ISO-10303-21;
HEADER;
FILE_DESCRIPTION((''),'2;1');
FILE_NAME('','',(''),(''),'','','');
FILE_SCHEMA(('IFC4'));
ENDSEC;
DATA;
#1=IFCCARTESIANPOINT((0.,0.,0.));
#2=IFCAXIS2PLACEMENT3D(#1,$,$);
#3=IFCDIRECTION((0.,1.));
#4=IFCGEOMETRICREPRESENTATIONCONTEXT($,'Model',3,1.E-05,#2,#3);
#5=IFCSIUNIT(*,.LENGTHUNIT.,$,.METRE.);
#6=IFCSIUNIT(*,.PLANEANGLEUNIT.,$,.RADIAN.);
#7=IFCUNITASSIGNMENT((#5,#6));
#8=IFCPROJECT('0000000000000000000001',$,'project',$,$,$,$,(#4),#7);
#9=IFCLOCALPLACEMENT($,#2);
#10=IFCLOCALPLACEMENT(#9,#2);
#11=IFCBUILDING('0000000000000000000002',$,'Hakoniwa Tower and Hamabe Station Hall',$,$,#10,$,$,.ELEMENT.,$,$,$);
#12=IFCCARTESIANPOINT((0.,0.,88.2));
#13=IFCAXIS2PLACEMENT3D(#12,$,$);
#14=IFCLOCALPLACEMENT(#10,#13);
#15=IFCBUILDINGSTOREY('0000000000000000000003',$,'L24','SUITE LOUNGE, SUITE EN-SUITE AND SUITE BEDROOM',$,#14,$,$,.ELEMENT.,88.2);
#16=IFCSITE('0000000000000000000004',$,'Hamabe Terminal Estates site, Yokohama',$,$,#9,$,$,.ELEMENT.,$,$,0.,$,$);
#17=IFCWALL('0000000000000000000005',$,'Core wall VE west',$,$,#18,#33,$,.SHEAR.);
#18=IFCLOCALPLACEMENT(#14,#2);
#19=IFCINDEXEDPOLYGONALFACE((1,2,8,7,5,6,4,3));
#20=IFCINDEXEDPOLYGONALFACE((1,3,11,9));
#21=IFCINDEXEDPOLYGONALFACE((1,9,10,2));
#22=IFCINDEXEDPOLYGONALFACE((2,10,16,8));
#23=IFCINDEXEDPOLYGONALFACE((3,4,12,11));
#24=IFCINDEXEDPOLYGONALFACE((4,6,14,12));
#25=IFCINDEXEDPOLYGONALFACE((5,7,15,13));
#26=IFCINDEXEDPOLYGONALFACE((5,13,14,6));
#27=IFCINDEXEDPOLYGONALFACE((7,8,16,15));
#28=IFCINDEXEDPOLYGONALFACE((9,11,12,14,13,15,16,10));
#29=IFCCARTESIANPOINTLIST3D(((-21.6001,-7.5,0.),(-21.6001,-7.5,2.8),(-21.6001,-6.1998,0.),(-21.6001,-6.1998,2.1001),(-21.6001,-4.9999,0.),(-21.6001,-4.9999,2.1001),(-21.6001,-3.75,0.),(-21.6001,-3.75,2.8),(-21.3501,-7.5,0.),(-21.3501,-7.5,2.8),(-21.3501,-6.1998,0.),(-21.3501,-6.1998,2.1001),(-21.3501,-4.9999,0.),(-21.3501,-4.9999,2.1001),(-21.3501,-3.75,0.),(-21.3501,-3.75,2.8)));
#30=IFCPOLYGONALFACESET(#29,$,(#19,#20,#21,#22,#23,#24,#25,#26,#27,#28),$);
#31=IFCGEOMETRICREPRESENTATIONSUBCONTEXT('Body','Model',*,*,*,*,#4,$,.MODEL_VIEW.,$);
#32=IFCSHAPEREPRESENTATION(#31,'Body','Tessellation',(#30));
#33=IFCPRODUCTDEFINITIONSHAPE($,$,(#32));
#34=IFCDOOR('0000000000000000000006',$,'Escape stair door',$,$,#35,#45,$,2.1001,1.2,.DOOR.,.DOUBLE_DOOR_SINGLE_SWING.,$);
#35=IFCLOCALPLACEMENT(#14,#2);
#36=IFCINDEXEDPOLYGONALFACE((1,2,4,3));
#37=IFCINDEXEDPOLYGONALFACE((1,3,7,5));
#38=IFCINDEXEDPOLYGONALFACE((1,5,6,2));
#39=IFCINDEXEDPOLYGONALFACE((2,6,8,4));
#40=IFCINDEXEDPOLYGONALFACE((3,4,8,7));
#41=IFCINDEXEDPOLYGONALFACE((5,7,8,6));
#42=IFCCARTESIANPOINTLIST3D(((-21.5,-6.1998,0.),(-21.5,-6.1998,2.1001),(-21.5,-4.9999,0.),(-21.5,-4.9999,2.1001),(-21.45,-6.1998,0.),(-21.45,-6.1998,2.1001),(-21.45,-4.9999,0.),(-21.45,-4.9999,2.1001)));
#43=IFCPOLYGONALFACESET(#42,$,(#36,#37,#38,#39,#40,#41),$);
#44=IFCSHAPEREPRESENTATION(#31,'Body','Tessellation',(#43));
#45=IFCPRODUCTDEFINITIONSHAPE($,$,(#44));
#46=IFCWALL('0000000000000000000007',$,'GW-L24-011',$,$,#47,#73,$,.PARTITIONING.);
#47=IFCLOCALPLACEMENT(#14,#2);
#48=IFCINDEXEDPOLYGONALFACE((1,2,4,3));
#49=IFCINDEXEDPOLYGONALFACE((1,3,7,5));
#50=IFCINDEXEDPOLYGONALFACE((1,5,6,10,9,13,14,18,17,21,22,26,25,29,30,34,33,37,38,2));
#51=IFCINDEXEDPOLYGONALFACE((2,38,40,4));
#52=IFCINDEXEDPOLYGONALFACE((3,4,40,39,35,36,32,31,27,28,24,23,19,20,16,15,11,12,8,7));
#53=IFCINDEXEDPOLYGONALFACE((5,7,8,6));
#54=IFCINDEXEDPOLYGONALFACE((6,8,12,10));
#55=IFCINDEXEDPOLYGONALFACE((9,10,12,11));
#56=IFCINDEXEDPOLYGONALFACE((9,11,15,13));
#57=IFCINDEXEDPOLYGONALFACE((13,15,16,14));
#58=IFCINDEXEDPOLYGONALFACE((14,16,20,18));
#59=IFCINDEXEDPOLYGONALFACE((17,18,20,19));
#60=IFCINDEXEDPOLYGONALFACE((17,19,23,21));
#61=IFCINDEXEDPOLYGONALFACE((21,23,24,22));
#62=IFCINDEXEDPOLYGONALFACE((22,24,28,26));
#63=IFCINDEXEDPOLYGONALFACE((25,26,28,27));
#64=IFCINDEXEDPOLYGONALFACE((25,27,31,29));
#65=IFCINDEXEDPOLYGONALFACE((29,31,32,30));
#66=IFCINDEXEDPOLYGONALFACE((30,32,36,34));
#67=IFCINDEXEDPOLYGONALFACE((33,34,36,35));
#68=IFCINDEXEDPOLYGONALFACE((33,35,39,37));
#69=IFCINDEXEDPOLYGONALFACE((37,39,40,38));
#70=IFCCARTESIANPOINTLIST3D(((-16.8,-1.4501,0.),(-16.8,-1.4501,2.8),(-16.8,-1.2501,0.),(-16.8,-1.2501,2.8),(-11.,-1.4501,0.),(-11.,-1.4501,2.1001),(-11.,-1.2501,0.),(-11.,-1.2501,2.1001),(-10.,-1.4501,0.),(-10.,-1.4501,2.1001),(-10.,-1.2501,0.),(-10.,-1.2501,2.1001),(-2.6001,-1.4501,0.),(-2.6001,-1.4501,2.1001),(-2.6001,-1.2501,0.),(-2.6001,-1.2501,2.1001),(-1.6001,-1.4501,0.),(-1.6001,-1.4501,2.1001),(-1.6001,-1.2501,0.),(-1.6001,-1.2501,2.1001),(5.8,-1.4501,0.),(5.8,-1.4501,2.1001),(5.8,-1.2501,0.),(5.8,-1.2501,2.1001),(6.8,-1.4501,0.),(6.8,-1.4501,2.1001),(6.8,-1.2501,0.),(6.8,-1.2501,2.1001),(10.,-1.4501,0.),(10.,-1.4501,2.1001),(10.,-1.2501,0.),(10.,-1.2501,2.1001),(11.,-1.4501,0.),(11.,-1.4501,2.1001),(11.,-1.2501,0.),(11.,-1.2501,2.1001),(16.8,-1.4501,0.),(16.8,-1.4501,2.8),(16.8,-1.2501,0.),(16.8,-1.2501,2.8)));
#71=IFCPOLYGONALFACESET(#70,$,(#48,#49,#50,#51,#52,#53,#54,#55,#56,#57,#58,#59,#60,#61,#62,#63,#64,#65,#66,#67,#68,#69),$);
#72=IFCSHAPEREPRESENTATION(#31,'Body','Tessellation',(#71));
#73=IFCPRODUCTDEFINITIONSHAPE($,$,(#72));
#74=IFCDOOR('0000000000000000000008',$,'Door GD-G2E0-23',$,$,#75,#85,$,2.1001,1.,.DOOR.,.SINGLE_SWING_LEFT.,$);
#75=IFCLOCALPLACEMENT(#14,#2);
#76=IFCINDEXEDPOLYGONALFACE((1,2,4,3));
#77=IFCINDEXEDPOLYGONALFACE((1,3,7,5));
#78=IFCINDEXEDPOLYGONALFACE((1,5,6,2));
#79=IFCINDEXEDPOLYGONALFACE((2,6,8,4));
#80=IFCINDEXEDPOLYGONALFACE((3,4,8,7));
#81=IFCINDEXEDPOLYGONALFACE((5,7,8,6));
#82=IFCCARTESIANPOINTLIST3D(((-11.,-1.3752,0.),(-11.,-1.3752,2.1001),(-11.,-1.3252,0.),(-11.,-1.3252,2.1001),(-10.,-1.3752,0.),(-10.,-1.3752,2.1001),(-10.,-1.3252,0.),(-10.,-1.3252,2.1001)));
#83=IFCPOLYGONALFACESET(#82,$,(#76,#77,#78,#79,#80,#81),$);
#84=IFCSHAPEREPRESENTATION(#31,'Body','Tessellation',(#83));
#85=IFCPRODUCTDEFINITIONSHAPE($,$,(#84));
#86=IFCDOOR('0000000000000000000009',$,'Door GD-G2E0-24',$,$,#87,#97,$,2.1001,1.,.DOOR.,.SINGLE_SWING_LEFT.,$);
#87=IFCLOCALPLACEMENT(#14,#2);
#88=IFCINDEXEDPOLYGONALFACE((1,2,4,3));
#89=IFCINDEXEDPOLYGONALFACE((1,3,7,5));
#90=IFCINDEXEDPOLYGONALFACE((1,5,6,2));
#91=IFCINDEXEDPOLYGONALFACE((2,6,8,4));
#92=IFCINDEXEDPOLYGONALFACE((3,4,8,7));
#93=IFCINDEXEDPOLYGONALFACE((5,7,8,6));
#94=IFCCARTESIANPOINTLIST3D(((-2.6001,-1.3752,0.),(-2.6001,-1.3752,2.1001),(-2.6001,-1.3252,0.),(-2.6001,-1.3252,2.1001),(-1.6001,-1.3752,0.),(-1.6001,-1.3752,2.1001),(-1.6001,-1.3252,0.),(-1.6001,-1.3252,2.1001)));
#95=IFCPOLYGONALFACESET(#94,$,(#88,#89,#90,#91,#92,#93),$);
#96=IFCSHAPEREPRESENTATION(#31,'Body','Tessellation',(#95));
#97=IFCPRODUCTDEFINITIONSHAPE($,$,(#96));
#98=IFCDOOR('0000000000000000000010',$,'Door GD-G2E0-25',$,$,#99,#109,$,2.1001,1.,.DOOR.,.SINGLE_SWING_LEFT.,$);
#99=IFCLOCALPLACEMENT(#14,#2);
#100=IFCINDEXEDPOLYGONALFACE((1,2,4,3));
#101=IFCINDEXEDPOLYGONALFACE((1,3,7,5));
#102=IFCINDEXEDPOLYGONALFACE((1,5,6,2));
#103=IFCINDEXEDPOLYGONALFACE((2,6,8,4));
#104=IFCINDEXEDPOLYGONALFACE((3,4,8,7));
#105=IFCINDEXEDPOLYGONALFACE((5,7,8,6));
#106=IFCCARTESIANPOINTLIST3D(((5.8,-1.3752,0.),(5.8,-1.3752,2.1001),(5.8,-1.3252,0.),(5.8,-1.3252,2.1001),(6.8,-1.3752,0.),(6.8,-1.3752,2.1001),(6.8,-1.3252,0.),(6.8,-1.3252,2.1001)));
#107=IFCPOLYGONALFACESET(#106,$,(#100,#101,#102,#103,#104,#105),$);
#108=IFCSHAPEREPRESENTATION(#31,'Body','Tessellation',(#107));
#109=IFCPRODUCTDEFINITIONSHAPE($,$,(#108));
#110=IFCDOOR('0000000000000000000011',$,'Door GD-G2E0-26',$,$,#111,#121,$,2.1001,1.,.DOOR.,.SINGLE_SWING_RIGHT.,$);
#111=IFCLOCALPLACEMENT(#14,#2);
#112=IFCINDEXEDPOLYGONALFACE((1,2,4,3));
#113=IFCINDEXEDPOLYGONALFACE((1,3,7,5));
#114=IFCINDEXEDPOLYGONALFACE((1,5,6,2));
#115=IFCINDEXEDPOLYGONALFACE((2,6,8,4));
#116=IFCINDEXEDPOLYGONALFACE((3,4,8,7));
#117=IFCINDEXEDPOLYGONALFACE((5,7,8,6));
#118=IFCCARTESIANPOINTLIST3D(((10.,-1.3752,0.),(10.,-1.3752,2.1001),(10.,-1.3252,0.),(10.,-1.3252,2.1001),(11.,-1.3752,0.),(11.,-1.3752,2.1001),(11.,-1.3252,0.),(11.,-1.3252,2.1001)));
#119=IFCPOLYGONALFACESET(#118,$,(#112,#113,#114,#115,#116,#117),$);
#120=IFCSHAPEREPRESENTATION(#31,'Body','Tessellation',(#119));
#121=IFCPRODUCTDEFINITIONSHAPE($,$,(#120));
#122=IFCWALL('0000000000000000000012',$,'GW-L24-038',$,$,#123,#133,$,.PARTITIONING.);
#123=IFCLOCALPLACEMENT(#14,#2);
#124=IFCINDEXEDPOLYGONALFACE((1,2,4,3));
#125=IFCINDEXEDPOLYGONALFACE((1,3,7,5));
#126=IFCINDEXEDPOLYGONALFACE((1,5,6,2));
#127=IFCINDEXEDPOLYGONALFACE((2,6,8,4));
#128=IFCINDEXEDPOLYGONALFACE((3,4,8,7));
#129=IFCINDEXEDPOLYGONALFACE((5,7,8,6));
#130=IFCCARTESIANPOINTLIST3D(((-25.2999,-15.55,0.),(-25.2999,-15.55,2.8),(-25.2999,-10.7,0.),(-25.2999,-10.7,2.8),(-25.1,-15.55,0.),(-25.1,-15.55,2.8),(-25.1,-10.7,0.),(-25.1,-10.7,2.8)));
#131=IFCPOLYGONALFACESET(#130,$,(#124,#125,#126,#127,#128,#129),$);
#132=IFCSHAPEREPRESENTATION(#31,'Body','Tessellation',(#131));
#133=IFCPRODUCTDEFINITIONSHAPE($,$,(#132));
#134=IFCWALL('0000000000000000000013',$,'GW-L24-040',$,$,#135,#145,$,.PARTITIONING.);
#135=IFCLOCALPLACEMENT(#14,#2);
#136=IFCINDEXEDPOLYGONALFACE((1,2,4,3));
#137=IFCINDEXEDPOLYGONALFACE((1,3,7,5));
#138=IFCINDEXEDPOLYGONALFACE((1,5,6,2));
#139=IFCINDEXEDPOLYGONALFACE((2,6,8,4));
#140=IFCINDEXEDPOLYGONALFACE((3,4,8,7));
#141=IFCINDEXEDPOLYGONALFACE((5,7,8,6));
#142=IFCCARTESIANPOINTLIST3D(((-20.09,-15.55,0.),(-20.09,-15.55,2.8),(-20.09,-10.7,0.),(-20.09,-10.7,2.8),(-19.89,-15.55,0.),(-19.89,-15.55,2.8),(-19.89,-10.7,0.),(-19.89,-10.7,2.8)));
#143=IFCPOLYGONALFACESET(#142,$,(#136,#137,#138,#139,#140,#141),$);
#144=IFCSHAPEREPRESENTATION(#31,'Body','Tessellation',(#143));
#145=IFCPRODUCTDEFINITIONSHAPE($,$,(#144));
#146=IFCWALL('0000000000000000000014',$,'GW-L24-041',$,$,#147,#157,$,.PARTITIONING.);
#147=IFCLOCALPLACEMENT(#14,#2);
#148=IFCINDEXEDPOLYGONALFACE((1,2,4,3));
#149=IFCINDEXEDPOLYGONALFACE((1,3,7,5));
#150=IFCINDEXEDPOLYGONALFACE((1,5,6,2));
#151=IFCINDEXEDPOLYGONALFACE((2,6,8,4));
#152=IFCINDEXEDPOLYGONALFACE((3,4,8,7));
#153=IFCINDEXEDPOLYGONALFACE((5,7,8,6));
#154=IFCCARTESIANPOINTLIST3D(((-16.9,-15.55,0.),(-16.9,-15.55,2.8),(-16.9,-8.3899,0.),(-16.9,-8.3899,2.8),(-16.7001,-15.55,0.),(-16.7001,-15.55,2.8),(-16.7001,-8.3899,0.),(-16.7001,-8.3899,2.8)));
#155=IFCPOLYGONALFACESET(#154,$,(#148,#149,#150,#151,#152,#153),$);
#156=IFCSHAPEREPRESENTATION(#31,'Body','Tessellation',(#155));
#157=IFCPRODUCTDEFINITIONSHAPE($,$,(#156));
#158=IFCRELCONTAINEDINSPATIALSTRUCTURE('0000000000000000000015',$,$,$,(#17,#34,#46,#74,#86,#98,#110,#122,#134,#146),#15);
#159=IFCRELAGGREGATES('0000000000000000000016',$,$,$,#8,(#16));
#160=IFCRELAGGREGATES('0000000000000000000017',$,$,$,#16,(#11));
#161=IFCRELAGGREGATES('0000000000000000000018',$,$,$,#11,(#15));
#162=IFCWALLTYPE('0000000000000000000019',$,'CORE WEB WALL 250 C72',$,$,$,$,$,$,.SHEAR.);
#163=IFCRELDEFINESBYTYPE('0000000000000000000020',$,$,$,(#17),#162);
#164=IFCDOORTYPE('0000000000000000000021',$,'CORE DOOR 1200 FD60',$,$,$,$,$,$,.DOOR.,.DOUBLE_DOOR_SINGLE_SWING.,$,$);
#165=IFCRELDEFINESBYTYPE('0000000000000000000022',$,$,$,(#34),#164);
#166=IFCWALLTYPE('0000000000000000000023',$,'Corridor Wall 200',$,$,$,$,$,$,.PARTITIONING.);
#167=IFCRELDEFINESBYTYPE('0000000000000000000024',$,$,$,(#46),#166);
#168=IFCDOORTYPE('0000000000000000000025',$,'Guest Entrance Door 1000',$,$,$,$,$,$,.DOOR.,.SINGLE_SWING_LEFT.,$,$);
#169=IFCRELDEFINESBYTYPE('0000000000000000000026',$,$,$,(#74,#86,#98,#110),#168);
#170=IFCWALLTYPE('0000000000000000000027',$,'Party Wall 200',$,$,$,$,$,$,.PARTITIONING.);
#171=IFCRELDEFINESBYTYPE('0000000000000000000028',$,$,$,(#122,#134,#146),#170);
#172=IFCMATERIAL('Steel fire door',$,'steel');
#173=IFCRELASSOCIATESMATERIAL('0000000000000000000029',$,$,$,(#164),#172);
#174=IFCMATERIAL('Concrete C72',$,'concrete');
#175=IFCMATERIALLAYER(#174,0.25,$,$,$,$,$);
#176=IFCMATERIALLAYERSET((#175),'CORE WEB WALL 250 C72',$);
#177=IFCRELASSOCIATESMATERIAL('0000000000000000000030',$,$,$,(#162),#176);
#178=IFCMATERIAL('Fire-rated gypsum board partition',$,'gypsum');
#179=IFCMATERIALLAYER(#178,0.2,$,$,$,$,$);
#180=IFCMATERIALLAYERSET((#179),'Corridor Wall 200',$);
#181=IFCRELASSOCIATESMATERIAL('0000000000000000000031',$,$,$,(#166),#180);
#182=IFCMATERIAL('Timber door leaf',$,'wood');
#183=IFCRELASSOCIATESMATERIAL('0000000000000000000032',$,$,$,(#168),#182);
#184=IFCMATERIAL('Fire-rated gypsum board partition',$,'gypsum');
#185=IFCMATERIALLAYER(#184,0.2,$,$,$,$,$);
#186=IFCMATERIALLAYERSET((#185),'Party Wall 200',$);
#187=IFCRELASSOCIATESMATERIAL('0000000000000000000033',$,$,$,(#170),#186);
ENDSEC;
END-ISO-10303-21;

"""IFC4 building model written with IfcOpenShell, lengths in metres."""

from ifc_helpers import new_model, si_unit, direction, frame, frame_2d, origin, place, context, subcontext, project, spatial, rectangle, extrude, material, layer, layer_set, type_object, element, fill, save


model = new_model("IFC4")

# Units and contexts
model_context = context("Model", 3, precision=1e-05, world=origin(), true_north=direction((0.0, 1.0)))
body_context = subcontext(model_context, "Body", "Model", "MODEL_VIEW")
ifc_project = project(units=[si_unit("LENGTHUNIT", "METRE"), si_unit("PLANEANGLEUNIT", "RADIAN")], contexts=[model_context])

# Site, building, storey
site_placement = place(None, origin())
site = spatial("IfcSite", under=ifc_project, at=site_placement, Name="Hamabe Terminal Estates site, Yokohama", CompositionType="ELEMENT", RefElevation=0.0)
building_placement = place(site_placement, origin())
building = spatial("IfcBuilding", under=site, at=building_placement, Name="Hakoniwa Tower and Hamabe Station Hall", CompositionType="ELEMENT")
storey_placement = place(building_placement, frame((0.0, 0.0, 88.2)))
storey = spatial("IfcBuildingStorey", under=building, at=storey_placement, Name="L24", Description="SUITE LOUNGE, SUITE EN-SUITE AND SUITE BEDROOM", CompositionType="ELEMENT", Elevation=88.2)

# Wall, opening, door
ifc_material_1 = material(Name="Steel fire door", Category="steel")
door_type_1 = type_object("IfcDoorType", Name="CORE DOOR 1200 FD60", OperationType="DOUBLE_DOOR_SINGLE_SWING", PredefinedType="DOOR", material=ifc_material_1)
ifc_material_2 = material(Name="Concrete C72", Category="concrete")
ifc_layer_1 = layer(ifc_material_2, 0.25)
ifc_layer_set_1 = layer_set([ifc_layer_1], Name="CORE WEB WALL 250 C72")
wall_type_1 = type_object("IfcWallType", Name="CORE WEB WALL 250 C72", PredefinedType="SHEAR", material=ifc_layer_set_1)
wall_1_placement = place(storey_placement, frame((-21.4751, -7.5, 0.0), z_axis=(0.0, 0.0, 1.0), x_axis=(0.0, 1.0, 0.0)))
wall_1 = element("IfcWall", 1, at=wall_1_placement, inside=storey, type_object=wall_type_1, Name="Core wall VE west", PredefinedType="SHEAR", context=body_context, shape_type="SweptSolid", body=[
    extrude(rectangle(XDim=3.75, YDim=0.25, at=frame_2d((1.875, 0.0))), origin(), (0.0, 0.0, 1.0), 2.8),
])
opening_1_placement = place(wall_1_placement, frame((1.3, 0.0, 0.0)))
opening_1 = element("IfcOpeningElement", 2, at=opening_1_placement, cuts=wall_1, PredefinedType="OPENING", context=body_context, shape_type="SweptSolid", body=[
    extrude(rectangle(XDim=1.2, YDim=2.1001, at=frame_2d((0.6001, 1.05))), frame((0.0, 0.135, 0.0), z_axis=(0.0, -1.0, 0.0), x_axis=(1.0, 0.0, 0.0)), (0.0, 0.0, 1.0), 0.27),
])
door_1_placement = place(opening_1_placement, origin())
door_1 = element("IfcDoor", 3, at=door_1_placement, inside=storey, type_object=door_type_1, Name="Escape stair door", OperationType="DOUBLE_DOOR_SINGLE_SWING", OverallHeight=2.1001, OverallWidth=1.2, PredefinedType="DOOR", context=body_context, shape_type="SweptSolid", body=[
    extrude(rectangle(XDim=1.2, YDim=2.1001, at=frame_2d((0.6001, 1.05))), frame((0.0, 0.0249, 0.0), z_axis=(0.0, -1.0, 0.0), x_axis=(1.0, 0.0, 0.0)), (0.0, 0.0, 1.0), 0.05),
])
fill(opening_1, door_1)

# Wall, openings, doors
ifc_material_3 = material(Name="Fire-rated gypsum board partition", Category="gypsum")
ifc_layer_2 = layer(ifc_material_3, 0.2)
ifc_layer_set_2 = layer_set([ifc_layer_2], Name="Corridor Wall 200")
wall_type_2 = type_object("IfcWallType", Name="Corridor Wall 200", PredefinedType="PARTITIONING", material=ifc_layer_set_2)
wall_2_placement = place(storey_placement, frame((-16.8, -1.3501, 0.0), z_axis=(0.0, 0.0, 1.0), x_axis=(1.0, 0.0, 0.0)))
wall_2 = element("IfcWall", 4, at=wall_2_placement, inside=storey, type_object=wall_type_2, Name="GW-L24-011", PredefinedType="PARTITIONING", context=body_context, shape_type="SweptSolid", body=[
    extrude(rectangle(XDim=33.6001, YDim=0.2, at=frame_2d((16.8, 0.0))), origin(), (0.0, 0.0, 1.0), 2.8),
])
opening_2_placement = place(wall_2_placement, frame((5.8, 0.0, 0.0)))
opening_2 = element("IfcOpeningElement", 5, at=opening_2_placement, cuts=wall_2, PredefinedType="OPENING", context=body_context, shape_type="SweptSolid", body=[
    extrude(rectangle(XDim=1.0, YDim=2.1001, at=frame_2d((0.5, 1.05))), frame((0.0, 0.1099, 0.0), z_axis=(0.0, -1.0, 0.0), x_axis=(1.0, 0.0, 0.0)), (0.0, 0.0, 1.0), 0.22),
])
opening_3_placement = place(wall_2_placement, frame((14.2, 0.0, 0.0)))
opening_3 = element("IfcOpeningElement", 6, at=opening_3_placement, cuts=wall_2, PredefinedType="OPENING", context=body_context, shape_type="SweptSolid", body=[
    extrude(rectangle(XDim=1.0, YDim=2.1001, at=frame_2d((0.5, 1.05))), frame((0.0, 0.1099, 0.0), z_axis=(0.0, -1.0, 0.0), x_axis=(1.0, 0.0, 0.0)), (0.0, 0.0, 1.0), 0.22),
])
opening_4_placement = place(wall_2_placement, frame((22.6001, 0.0, 0.0)))
opening_4 = element("IfcOpeningElement", 7, at=opening_4_placement, cuts=wall_2, PredefinedType="OPENING", context=body_context, shape_type="SweptSolid", body=[
    extrude(rectangle(XDim=1.0, YDim=2.1001, at=frame_2d((0.5, 1.05))), frame((0.0, 0.1099, 0.0), z_axis=(0.0, -1.0, 0.0), x_axis=(1.0, 0.0, 0.0)), (0.0, 0.0, 1.0), 0.22),
])
opening_5_placement = place(wall_2_placement, frame((26.8, 0.0, 0.0)))
opening_5 = element("IfcOpeningElement", 8, at=opening_5_placement, cuts=wall_2, PredefinedType="OPENING", context=body_context, shape_type="SweptSolid", body=[
    extrude(rectangle(XDim=1.0, YDim=2.1001, at=frame_2d((0.5, 1.05))), frame((0.0, 0.1099, 0.0), z_axis=(0.0, -1.0, 0.0), x_axis=(1.0, 0.0, 0.0)), (0.0, 0.0, 1.0), 0.22),
])
ifc_material_4 = material(Name="Timber door leaf", Category="wood")
door_type_2 = type_object("IfcDoorType", Name="Guest Entrance Door 1000", OperationType="SINGLE_SWING_LEFT", PredefinedType="DOOR", material=ifc_material_4)
door_2_placement = place(opening_2_placement, origin())
door_2 = element("IfcDoor", 9, at=door_2_placement, inside=storey, type_object=door_type_2, Name="Door GD-G2E0-23", OperationType="SINGLE_SWING_LEFT", OverallHeight=2.1001, OverallWidth=1.0, PredefinedType="DOOR", context=body_context, shape_type="SweptSolid", body=[
    extrude(rectangle(XDim=1.0, YDim=2.1001, at=frame_2d((0.5, 1.05))), frame((0.0, 0.0249, 0.0), z_axis=(0.0, -1.0, 0.0), x_axis=(1.0, 0.0, 0.0)), (0.0, 0.0, 1.0), 0.05),
])
fill(opening_2, door_2)
door_3_placement = place(opening_3_placement, origin())
door_3 = element("IfcDoor", 10, at=door_3_placement, inside=storey, type_object=door_type_2, Name="Door GD-G2E0-24", OperationType="SINGLE_SWING_LEFT", OverallHeight=2.1001, OverallWidth=1.0, PredefinedType="DOOR", context=body_context, shape_type="SweptSolid", body=[
    extrude(rectangle(XDim=1.0, YDim=2.1001, at=frame_2d((0.5, 1.05))), frame((0.0, 0.0249, 0.0), z_axis=(0.0, -1.0, 0.0), x_axis=(1.0, 0.0, 0.0)), (0.0, 0.0, 1.0), 0.05),
])
fill(opening_3, door_3)
door_4_placement = place(opening_4_placement, origin())
door_4 = element("IfcDoor", 11, at=door_4_placement, inside=storey, type_object=door_type_2, Name="Door GD-G2E0-25", OperationType="SINGLE_SWING_LEFT", OverallHeight=2.1001, OverallWidth=1.0, PredefinedType="DOOR", context=body_context, shape_type="SweptSolid", body=[
    extrude(rectangle(XDim=1.0, YDim=2.1001, at=frame_2d((0.5, 1.05))), frame((0.0, 0.0249, 0.0), z_axis=(0.0, -1.0, 0.0), x_axis=(1.0, 0.0, 0.0)), (0.0, 0.0, 1.0), 0.05),
])
fill(opening_4, door_4)
door_5_placement = place(opening_5_placement, origin())
door_5 = element("IfcDoor", 12, at=door_5_placement, inside=storey, type_object=door_type_2, Name="Door GD-G2E0-26", OperationType="SINGLE_SWING_RIGHT", OverallHeight=2.1001, OverallWidth=1.0, PredefinedType="DOOR", context=body_context, shape_type="SweptSolid", body=[
    extrude(rectangle(XDim=1.0, YDim=2.1001, at=frame_2d((0.5, 1.05))), frame((0.0, 0.0249, 0.0), z_axis=(0.0, -1.0, 0.0), x_axis=(1.0, 0.0, 0.0)), (0.0, 0.0, 1.0), 0.05),
])
fill(opening_5, door_5)

# Walls
ifc_material_5 = material(Name="Fire-rated gypsum board partition", Category="gypsum")
ifc_layer_3 = layer(ifc_material_5, 0.2)
ifc_layer_set_3 = layer_set([ifc_layer_3], Name="Party Wall 200")
wall_type_3 = type_object("IfcWallType", Name="Party Wall 200", PredefinedType="PARTITIONING", material=ifc_layer_set_3)
for number, where, z_axis, x_axis, name in (
    (13, (-25.2, -15.55, 0.0), (0.0, 0.0, 1.0), (0.0, 1.0, 0.0), "GW-L24-038"),
    (14, (-19.99, -15.55, 0.0), (0.0, 0.0, 1.0), (0.0, 1.0, 0.0), "GW-L24-040"),
):
    element("IfcWall", number, at=place(storey_placement, frame(where, z_axis=z_axis, x_axis=x_axis)), inside=storey, type_object=wall_type_3, Name=name, PredefinedType="PARTITIONING", context=body_context, shape_type="SweptSolid", body=[
        extrude(rectangle(XDim=4.8501, YDim=0.2, at=frame_2d((2.425, 0.0))), origin(), (0.0, 0.0, 1.0), 2.8),
    ])
wall_3_placement = place(storey_placement, frame((-16.8, -15.55, 0.0), z_axis=(0.0, 0.0, 1.0), x_axis=(0.0, 1.0, 0.0)))
element("IfcWall", 15, at=wall_3_placement, inside=storey, type_object=wall_type_3, Name="GW-L24-041", PredefinedType="PARTITIONING", context=body_context, shape_type="SweptSolid", body=[
    extrude(rectangle(XDim=7.1602, YDim=0.2, at=frame_2d((3.5801, 0.0))), origin(), (0.0, 0.0, 1.0), 2.8),
])

save(model, "model.ifc")
